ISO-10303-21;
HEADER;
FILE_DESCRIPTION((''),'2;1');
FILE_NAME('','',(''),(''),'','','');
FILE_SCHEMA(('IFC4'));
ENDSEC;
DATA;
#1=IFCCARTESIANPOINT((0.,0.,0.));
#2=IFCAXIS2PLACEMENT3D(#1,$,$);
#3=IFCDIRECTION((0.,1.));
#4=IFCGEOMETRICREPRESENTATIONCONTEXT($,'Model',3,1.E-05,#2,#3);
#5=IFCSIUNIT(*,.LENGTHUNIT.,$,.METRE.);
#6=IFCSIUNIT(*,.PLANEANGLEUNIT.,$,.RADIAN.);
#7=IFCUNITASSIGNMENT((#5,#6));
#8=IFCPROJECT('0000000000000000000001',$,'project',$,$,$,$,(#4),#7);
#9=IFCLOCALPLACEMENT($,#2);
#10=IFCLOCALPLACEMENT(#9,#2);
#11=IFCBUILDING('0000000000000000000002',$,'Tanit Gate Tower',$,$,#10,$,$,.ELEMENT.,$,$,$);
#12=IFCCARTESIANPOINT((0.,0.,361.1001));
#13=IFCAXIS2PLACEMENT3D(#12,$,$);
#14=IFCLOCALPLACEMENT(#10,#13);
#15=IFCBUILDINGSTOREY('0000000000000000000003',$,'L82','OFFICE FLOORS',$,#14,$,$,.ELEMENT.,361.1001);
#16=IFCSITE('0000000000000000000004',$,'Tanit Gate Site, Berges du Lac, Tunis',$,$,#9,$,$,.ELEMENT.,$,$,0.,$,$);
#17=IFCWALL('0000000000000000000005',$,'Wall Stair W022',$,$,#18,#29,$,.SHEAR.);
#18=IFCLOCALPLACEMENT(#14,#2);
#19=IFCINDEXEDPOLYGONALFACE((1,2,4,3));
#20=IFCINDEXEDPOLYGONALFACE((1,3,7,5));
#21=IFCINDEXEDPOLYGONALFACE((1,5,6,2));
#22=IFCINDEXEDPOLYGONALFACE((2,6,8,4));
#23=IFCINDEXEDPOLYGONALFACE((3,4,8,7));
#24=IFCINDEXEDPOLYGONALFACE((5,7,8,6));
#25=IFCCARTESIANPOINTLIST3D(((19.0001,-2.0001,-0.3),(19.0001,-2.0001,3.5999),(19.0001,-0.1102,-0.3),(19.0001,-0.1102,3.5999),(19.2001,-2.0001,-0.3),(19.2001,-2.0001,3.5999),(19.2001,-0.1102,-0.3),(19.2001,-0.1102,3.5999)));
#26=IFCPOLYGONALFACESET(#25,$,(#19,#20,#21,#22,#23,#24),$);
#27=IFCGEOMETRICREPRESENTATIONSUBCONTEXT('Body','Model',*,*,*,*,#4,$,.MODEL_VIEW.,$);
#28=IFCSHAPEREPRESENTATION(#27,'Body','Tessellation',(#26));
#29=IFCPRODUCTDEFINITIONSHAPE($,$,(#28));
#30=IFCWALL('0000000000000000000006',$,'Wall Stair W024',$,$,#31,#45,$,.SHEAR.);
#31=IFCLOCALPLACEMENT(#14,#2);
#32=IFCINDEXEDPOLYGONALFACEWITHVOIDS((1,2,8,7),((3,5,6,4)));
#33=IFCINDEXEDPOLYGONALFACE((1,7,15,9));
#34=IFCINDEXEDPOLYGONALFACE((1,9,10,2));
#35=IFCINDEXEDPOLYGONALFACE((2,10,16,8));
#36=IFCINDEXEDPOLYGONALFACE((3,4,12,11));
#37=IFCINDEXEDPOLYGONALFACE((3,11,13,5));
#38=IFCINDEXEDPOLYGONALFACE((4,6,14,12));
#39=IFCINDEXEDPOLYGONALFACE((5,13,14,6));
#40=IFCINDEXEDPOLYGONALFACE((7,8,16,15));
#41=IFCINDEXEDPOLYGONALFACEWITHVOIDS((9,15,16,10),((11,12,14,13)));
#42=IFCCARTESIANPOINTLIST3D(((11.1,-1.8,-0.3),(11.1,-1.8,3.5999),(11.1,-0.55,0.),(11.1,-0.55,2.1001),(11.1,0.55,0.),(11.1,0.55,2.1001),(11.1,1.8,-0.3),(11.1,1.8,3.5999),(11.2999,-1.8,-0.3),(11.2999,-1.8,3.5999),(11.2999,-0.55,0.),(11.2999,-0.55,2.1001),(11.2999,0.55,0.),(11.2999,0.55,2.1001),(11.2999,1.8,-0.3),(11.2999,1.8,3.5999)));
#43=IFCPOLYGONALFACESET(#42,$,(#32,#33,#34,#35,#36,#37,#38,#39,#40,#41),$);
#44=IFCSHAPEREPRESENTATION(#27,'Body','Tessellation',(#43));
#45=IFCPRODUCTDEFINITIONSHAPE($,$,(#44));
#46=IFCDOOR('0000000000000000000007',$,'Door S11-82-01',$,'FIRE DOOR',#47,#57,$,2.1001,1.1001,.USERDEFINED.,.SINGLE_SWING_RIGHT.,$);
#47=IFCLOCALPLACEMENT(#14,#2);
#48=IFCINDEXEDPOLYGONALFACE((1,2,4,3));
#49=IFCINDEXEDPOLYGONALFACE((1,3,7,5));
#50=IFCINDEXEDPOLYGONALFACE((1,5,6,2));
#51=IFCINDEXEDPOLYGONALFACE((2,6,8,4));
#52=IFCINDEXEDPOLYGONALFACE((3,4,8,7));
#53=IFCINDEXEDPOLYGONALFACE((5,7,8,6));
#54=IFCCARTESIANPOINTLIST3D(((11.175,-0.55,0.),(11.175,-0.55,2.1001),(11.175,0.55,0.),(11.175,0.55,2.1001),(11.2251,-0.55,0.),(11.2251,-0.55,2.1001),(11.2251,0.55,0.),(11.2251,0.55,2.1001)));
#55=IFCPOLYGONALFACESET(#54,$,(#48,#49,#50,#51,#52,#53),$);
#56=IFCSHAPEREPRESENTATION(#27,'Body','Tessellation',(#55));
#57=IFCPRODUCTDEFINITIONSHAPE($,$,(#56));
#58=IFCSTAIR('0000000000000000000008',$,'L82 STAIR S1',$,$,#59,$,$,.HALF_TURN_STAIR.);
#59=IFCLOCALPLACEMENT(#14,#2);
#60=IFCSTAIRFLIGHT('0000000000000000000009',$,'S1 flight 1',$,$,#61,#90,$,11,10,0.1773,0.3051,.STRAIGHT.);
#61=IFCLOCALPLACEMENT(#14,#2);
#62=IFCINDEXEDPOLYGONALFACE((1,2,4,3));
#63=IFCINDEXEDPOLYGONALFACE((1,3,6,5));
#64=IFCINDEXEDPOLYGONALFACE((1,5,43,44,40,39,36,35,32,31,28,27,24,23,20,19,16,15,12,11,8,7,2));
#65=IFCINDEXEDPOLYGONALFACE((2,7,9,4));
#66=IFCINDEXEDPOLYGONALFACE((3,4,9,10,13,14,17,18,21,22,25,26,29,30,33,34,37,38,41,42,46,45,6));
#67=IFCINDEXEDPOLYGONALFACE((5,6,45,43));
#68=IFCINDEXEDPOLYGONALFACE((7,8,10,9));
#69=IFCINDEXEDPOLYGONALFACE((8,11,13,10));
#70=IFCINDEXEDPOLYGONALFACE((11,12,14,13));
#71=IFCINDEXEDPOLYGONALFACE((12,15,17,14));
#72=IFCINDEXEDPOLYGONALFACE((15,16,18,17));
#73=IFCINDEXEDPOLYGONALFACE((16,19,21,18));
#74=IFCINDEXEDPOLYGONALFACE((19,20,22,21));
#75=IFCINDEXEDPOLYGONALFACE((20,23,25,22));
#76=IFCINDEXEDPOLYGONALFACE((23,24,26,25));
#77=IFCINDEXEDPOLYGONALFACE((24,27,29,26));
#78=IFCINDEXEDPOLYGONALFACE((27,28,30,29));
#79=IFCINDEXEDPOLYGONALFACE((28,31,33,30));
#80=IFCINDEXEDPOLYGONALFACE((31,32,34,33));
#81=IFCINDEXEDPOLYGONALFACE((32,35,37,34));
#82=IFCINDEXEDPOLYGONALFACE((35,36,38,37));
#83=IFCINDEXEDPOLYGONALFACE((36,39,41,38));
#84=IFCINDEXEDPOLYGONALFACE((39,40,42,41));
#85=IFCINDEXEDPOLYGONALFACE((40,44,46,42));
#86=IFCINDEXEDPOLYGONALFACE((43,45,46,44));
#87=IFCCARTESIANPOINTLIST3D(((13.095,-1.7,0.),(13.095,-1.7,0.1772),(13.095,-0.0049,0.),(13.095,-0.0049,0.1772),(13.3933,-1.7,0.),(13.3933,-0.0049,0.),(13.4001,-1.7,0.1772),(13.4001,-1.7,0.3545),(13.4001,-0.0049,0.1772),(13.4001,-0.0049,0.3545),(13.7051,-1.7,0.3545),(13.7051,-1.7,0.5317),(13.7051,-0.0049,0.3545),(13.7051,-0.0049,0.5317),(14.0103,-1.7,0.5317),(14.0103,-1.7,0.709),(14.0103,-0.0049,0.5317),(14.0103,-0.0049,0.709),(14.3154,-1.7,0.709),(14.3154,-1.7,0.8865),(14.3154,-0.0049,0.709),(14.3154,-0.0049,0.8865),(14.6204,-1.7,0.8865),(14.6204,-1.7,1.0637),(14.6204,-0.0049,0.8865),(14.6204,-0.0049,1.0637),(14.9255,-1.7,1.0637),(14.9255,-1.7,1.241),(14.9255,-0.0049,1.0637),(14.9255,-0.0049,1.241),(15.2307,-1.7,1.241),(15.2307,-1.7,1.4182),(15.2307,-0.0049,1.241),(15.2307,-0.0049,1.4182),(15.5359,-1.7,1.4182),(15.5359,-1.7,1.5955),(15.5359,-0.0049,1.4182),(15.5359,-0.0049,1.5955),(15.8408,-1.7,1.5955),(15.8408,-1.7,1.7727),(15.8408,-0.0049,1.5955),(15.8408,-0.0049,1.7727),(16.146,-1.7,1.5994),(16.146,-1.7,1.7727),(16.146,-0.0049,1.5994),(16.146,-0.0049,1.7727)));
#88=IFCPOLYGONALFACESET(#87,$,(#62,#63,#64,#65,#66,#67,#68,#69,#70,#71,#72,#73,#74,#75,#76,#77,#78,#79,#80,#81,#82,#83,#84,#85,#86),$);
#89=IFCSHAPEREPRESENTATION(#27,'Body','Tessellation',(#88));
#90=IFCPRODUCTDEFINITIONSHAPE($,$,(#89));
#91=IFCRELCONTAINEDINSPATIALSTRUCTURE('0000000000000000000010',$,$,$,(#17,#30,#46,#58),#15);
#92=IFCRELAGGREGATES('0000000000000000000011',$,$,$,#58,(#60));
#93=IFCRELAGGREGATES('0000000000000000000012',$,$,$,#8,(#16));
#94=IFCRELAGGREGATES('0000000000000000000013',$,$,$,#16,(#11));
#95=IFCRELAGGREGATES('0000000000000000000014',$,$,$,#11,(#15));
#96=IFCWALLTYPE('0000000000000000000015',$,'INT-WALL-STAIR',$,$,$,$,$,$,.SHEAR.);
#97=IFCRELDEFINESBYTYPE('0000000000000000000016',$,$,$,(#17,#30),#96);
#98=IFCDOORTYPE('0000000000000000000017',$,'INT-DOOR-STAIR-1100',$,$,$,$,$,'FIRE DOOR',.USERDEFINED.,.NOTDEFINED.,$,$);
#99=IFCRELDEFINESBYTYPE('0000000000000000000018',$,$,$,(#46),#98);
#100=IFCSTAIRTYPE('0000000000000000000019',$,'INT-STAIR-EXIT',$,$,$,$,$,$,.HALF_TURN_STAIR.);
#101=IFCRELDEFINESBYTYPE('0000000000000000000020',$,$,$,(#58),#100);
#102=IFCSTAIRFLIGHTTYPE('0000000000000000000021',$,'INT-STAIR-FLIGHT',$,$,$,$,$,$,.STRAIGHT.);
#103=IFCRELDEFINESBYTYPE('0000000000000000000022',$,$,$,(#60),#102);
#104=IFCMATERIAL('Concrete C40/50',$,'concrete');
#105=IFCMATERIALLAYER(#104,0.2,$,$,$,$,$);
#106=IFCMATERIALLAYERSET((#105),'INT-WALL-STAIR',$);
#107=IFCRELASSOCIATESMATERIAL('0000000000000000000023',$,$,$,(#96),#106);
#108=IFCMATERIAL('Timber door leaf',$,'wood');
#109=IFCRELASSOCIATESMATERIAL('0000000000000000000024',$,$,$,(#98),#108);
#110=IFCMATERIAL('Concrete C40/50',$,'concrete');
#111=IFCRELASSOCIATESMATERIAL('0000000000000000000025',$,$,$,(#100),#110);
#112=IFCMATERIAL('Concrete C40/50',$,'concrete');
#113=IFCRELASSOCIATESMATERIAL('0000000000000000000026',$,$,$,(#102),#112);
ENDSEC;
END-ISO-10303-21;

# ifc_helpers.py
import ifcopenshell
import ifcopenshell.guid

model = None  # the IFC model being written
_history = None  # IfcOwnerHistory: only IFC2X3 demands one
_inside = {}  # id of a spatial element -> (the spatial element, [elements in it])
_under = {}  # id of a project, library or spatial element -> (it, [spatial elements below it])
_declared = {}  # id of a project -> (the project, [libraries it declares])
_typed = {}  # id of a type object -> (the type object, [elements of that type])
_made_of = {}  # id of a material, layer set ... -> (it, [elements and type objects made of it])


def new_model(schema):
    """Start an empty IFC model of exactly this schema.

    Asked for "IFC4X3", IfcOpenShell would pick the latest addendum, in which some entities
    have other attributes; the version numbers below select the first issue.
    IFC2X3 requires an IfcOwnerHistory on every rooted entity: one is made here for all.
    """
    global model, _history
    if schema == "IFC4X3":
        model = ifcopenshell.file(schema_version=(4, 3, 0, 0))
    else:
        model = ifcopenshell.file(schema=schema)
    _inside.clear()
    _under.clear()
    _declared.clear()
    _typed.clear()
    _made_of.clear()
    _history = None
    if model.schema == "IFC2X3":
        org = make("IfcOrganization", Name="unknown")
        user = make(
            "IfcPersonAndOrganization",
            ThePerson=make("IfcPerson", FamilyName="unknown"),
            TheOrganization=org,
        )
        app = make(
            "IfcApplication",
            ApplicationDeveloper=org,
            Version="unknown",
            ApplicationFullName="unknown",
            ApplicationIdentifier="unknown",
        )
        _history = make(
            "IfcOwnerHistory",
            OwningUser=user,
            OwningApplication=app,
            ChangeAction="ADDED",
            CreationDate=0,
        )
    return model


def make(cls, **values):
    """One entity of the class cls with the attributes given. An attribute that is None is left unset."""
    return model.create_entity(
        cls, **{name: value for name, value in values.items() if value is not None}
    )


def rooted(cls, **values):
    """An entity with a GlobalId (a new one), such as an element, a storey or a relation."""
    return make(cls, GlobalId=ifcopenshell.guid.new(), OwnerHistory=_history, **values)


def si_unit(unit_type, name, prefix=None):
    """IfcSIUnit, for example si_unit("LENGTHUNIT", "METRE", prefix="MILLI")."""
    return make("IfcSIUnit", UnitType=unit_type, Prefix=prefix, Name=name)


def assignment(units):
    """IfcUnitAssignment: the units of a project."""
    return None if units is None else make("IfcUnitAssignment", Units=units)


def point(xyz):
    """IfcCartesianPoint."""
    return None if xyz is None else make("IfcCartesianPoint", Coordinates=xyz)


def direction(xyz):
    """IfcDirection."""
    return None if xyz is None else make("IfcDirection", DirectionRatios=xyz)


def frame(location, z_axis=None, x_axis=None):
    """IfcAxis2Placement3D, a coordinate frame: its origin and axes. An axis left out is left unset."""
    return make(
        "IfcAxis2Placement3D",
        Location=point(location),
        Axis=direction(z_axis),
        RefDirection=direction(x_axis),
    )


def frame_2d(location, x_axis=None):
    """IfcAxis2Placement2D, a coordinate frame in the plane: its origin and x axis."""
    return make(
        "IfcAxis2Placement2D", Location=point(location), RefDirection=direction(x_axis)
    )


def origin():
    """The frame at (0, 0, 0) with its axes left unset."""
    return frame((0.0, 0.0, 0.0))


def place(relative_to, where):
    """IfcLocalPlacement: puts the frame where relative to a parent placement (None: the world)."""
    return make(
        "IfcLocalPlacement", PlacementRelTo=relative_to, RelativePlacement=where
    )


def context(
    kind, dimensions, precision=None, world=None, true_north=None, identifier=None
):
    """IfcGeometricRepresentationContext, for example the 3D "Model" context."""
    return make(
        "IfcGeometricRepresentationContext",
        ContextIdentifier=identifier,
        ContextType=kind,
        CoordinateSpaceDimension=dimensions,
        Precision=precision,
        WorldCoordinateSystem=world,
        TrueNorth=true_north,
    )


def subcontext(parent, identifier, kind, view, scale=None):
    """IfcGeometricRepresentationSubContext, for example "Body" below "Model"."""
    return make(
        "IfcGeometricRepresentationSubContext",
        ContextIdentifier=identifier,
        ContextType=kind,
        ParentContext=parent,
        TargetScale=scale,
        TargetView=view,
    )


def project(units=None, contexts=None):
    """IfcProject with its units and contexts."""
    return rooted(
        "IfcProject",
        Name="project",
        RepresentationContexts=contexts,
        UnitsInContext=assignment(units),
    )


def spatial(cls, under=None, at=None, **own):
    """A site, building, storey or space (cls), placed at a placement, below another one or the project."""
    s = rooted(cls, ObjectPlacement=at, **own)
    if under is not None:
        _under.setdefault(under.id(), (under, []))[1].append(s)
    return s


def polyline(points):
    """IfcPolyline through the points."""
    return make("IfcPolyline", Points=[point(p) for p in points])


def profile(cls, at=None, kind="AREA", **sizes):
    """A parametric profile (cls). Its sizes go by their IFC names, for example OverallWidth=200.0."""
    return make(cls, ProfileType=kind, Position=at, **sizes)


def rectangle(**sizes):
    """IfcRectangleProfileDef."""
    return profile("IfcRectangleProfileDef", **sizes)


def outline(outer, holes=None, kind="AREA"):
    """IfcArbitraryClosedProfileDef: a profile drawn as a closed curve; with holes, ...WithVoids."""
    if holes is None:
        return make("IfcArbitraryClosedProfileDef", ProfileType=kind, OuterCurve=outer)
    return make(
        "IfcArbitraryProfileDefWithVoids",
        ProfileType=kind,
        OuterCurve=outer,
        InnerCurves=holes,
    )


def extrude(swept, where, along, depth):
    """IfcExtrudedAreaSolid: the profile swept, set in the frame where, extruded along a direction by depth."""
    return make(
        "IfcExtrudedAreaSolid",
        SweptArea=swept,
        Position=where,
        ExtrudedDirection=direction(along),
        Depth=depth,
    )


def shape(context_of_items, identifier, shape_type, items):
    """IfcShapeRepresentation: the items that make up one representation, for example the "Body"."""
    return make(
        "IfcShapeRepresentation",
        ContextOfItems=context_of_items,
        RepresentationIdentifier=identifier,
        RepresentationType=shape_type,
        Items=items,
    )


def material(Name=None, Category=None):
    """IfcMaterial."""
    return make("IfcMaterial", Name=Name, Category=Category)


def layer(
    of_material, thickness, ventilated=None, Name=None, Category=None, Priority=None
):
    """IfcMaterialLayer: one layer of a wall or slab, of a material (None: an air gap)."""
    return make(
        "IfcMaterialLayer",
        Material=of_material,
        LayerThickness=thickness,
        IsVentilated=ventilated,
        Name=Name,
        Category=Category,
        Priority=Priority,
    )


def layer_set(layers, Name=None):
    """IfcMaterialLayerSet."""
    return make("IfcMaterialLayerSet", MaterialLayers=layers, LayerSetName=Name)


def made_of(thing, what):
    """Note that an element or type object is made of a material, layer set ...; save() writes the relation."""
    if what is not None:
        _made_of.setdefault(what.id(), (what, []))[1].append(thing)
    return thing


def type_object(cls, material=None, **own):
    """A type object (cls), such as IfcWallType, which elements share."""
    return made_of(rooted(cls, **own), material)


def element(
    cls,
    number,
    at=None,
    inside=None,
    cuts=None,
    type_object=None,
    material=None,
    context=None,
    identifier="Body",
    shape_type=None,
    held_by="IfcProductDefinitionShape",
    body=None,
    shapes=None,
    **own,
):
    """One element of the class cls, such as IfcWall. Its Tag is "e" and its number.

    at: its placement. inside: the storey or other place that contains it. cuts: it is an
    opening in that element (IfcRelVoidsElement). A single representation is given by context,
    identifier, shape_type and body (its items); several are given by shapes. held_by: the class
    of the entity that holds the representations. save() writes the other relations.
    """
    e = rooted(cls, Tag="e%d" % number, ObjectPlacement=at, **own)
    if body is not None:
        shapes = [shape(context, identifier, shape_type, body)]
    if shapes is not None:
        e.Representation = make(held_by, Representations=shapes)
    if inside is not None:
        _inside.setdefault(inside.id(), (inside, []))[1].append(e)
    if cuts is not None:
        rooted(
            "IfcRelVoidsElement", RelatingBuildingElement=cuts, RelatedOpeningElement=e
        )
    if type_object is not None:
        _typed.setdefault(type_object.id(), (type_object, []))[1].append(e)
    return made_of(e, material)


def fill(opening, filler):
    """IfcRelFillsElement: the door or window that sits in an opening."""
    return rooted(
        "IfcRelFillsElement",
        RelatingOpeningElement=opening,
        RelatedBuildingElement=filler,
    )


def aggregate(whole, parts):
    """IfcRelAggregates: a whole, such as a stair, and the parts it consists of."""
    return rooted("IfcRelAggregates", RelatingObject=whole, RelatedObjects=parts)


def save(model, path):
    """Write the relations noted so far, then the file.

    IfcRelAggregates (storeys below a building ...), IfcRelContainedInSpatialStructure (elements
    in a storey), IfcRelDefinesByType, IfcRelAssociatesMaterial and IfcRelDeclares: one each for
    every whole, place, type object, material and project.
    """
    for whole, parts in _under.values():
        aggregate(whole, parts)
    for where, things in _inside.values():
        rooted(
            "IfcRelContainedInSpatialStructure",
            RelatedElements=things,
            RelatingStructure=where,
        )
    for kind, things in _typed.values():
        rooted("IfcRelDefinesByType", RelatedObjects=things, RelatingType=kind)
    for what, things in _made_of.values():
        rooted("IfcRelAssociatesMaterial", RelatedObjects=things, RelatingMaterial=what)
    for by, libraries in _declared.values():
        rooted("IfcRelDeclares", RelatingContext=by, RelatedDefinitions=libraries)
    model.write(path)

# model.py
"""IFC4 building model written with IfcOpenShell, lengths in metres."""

from ifc_helpers import new_model, si_unit, direction, frame, frame_2d, origin, place, context, subcontext, project, spatial, polyline, rectangle, outline, extrude, material, layer, layer_set, type_object, element, fill, aggregate, save


model = new_model("IFC4")

# Units and contexts
model_context = context("Model", 3, precision=1e-05, world=origin(), true_north=direction((0.0, 1.0)))
body_context = subcontext(model_context, "Body", "Model", "MODEL_VIEW")
ifc_project = project(units=[si_unit("LENGTHUNIT", "METRE"), si_unit("PLANEANGLEUNIT", "RADIAN")], contexts=[model_context])

# Site, building, storey
site_placement = place(None, origin())
site = spatial("IfcSite", under=ifc_project, at=site_placement, Name="Tanit Gate Site, Berges du Lac, Tunis", CompositionType="ELEMENT", RefElevation=0.0)
building_placement = place(site_placement, origin())
building = spatial("IfcBuilding", under=site, at=building_placement, Name="Tanit Gate Tower", CompositionType="ELEMENT")
storey_placement = place(building_placement, frame((0.0, 0.0, 361.1001)))
storey = spatial("IfcBuildingStorey", under=building, at=storey_placement, Name="L82", Description="OFFICE FLOORS", CompositionType="ELEMENT", Elevation=361.1001)

# Wall
ifc_material_1 = material(Name="Concrete C40/50", Category="concrete")
ifc_layer_1 = layer(ifc_material_1, 0.2)
ifc_layer_set_1 = layer_set([ifc_layer_1], Name="INT-WALL-STAIR")
wall_type_1 = type_object("IfcWallType", Name="INT-WALL-STAIR", PredefinedType="SHEAR", material=ifc_layer_set_1)
wall_1_placement = place(storey_placement, frame((19.1001, -2.0, -0.3), z_axis=(0.0, 0.0, 1.0), x_axis=(0.0, 1.0, 0.0)))
element("IfcWall", 1, at=wall_1_placement, inside=storey, type_object=wall_type_1, Name="Wall Stair W022", PredefinedType="SHEAR", context=body_context, shape_type="SweptSolid", body=[
    extrude(rectangle(XDim=1.8899, YDim=0.2, at=frame_2d((0.9448, 0.0))), origin(), (0.0, 0.0, 1.0), 3.8999),
])

# Wall, opening, door
wall_2_placement = place(storey_placement, frame((11.2, -1.8, -0.3), z_axis=(0.0, 0.0, 1.0), x_axis=(0.0, 1.0, 0.0)))
wall_2 = element("IfcWall", 2, at=wall_2_placement, inside=storey, type_object=wall_type_1, Name="Wall Stair W024", PredefinedType="SHEAR", context=body_context, shape_type="SweptSolid", body=[
    extrude(rectangle(XDim=3.6001, YDim=0.2, at=frame_2d((1.8, 0.0))), origin(), (0.0, 0.0, 1.0), 3.8999),
])
opening_1_placement = place(wall_2_placement, frame((1.25, 0.0, 0.3)))
opening_1 = element("IfcOpeningElement", 3, at=opening_1_placement, cuts=wall_2, PredefinedType="OPENING", context=body_context, shape_type="SweptSolid", body=[
    extrude(rectangle(XDim=1.1001, YDim=2.1001, at=frame_2d((0.55, 1.05))), frame((0.0, 0.1099, 0.0), z_axis=(0.0, -1.0, 0.0), x_axis=(1.0, 0.0, 0.0)), (0.0, 0.0, 1.0), 0.22),
])
ifc_material_2 = material(Name="Timber door leaf", Category="wood")
door_type_1 = type_object("IfcDoorType", Name="INT-DOOR-STAIR-1100", ElementType="FIRE DOOR", OperationType="NOTDEFINED", PredefinedType="USERDEFINED", material=ifc_material_2)
door_1_placement = place(opening_1_placement, origin())
door_1 = element("IfcDoor", 4, at=door_1_placement, inside=storey, type_object=door_type_1, Name="Door S11-82-01", ObjectType="FIRE DOOR", OperationType="SINGLE_SWING_RIGHT", OverallHeight=2.1001, OverallWidth=1.1001, PredefinedType="USERDEFINED", context=body_context, shape_type="SweptSolid", body=[
    extrude(rectangle(XDim=1.1001, YDim=2.1001, at=frame_2d((0.55, 1.05))), frame((0.0, 0.0249, 0.0), z_axis=(0.0, -1.0, 0.0), x_axis=(1.0, 0.0, 0.0)), (0.0, 0.0, 1.0), 0.05),
])
fill(opening_1, door_1)

# Stair, stair flight
ifc_material_3 = material(Name="Concrete C40/50", Category="concrete")
stair_type = type_object("IfcStairType", Name="INT-STAIR-EXIT", PredefinedType="HALF_TURN_STAIR", material=ifc_material_3)
stair_placement = place(storey_placement, origin())
stair = element("IfcStair", 5, at=stair_placement, inside=storey, type_object=stair_type, Name="L82 STAIR S1", PredefinedType="HALF_TURN_STAIR")
ifc_material_4 = material(Name="Concrete C40/50", Category="concrete")
stair_flight_type = type_object("IfcStairFlightType", Name="INT-STAIR-FLIGHT", PredefinedType="STRAIGHT", material=ifc_material_4)
stair_flight_placement = place(storey_placement, frame((13.095, -0.8525, 0.0), z_axis=(0.0, 0.0, 1.0), x_axis=(1.0, 0.0, 0.0)))
stair_flight = element("IfcStairFlight", 6, at=stair_flight_placement, type_object=stair_flight_type, Name="S1 flight 1", NumberOfRisers=11, NumberOfTreads=10, PredefinedType="STRAIGHT", RiserHeight=0.1773, TreadLength=0.3051, context=body_context, shape_type="SweptSolid", body=[
    extrude(outline(polyline([(0.0, 0.0), (0.0, 0.1772), (0.3052, 0.1772), (0.3052, 0.3545), (0.6101, 0.3545), (0.6101, 0.5317), (0.9153, 0.5317), (0.9153, 0.709), (1.2205, 0.709), (1.2205, 0.8865), (1.5254, 0.8865), (1.5254, 1.0637), (1.8306, 1.0637), (1.8306, 1.241), (2.1357, 1.241), (2.1357, 1.4182), (2.4409, 1.4182), (2.4409, 1.5955), (2.7458, 1.5955), (2.7458, 1.7727), (3.051, 1.7727), (3.051, 1.95), (3.051, 1.5994), (0.2983, 0.0), (0.0, 0.0)])), frame((0.0, 0.8477, 0.0), z_axis=(0.0, -1.0, 0.0), x_axis=(1.0, 0.0, 0.0)), (0.0, 0.0, 1.0), 1.6951),
])
aggregate(stair, [stair_flight])

save(model, "model.ifc")
